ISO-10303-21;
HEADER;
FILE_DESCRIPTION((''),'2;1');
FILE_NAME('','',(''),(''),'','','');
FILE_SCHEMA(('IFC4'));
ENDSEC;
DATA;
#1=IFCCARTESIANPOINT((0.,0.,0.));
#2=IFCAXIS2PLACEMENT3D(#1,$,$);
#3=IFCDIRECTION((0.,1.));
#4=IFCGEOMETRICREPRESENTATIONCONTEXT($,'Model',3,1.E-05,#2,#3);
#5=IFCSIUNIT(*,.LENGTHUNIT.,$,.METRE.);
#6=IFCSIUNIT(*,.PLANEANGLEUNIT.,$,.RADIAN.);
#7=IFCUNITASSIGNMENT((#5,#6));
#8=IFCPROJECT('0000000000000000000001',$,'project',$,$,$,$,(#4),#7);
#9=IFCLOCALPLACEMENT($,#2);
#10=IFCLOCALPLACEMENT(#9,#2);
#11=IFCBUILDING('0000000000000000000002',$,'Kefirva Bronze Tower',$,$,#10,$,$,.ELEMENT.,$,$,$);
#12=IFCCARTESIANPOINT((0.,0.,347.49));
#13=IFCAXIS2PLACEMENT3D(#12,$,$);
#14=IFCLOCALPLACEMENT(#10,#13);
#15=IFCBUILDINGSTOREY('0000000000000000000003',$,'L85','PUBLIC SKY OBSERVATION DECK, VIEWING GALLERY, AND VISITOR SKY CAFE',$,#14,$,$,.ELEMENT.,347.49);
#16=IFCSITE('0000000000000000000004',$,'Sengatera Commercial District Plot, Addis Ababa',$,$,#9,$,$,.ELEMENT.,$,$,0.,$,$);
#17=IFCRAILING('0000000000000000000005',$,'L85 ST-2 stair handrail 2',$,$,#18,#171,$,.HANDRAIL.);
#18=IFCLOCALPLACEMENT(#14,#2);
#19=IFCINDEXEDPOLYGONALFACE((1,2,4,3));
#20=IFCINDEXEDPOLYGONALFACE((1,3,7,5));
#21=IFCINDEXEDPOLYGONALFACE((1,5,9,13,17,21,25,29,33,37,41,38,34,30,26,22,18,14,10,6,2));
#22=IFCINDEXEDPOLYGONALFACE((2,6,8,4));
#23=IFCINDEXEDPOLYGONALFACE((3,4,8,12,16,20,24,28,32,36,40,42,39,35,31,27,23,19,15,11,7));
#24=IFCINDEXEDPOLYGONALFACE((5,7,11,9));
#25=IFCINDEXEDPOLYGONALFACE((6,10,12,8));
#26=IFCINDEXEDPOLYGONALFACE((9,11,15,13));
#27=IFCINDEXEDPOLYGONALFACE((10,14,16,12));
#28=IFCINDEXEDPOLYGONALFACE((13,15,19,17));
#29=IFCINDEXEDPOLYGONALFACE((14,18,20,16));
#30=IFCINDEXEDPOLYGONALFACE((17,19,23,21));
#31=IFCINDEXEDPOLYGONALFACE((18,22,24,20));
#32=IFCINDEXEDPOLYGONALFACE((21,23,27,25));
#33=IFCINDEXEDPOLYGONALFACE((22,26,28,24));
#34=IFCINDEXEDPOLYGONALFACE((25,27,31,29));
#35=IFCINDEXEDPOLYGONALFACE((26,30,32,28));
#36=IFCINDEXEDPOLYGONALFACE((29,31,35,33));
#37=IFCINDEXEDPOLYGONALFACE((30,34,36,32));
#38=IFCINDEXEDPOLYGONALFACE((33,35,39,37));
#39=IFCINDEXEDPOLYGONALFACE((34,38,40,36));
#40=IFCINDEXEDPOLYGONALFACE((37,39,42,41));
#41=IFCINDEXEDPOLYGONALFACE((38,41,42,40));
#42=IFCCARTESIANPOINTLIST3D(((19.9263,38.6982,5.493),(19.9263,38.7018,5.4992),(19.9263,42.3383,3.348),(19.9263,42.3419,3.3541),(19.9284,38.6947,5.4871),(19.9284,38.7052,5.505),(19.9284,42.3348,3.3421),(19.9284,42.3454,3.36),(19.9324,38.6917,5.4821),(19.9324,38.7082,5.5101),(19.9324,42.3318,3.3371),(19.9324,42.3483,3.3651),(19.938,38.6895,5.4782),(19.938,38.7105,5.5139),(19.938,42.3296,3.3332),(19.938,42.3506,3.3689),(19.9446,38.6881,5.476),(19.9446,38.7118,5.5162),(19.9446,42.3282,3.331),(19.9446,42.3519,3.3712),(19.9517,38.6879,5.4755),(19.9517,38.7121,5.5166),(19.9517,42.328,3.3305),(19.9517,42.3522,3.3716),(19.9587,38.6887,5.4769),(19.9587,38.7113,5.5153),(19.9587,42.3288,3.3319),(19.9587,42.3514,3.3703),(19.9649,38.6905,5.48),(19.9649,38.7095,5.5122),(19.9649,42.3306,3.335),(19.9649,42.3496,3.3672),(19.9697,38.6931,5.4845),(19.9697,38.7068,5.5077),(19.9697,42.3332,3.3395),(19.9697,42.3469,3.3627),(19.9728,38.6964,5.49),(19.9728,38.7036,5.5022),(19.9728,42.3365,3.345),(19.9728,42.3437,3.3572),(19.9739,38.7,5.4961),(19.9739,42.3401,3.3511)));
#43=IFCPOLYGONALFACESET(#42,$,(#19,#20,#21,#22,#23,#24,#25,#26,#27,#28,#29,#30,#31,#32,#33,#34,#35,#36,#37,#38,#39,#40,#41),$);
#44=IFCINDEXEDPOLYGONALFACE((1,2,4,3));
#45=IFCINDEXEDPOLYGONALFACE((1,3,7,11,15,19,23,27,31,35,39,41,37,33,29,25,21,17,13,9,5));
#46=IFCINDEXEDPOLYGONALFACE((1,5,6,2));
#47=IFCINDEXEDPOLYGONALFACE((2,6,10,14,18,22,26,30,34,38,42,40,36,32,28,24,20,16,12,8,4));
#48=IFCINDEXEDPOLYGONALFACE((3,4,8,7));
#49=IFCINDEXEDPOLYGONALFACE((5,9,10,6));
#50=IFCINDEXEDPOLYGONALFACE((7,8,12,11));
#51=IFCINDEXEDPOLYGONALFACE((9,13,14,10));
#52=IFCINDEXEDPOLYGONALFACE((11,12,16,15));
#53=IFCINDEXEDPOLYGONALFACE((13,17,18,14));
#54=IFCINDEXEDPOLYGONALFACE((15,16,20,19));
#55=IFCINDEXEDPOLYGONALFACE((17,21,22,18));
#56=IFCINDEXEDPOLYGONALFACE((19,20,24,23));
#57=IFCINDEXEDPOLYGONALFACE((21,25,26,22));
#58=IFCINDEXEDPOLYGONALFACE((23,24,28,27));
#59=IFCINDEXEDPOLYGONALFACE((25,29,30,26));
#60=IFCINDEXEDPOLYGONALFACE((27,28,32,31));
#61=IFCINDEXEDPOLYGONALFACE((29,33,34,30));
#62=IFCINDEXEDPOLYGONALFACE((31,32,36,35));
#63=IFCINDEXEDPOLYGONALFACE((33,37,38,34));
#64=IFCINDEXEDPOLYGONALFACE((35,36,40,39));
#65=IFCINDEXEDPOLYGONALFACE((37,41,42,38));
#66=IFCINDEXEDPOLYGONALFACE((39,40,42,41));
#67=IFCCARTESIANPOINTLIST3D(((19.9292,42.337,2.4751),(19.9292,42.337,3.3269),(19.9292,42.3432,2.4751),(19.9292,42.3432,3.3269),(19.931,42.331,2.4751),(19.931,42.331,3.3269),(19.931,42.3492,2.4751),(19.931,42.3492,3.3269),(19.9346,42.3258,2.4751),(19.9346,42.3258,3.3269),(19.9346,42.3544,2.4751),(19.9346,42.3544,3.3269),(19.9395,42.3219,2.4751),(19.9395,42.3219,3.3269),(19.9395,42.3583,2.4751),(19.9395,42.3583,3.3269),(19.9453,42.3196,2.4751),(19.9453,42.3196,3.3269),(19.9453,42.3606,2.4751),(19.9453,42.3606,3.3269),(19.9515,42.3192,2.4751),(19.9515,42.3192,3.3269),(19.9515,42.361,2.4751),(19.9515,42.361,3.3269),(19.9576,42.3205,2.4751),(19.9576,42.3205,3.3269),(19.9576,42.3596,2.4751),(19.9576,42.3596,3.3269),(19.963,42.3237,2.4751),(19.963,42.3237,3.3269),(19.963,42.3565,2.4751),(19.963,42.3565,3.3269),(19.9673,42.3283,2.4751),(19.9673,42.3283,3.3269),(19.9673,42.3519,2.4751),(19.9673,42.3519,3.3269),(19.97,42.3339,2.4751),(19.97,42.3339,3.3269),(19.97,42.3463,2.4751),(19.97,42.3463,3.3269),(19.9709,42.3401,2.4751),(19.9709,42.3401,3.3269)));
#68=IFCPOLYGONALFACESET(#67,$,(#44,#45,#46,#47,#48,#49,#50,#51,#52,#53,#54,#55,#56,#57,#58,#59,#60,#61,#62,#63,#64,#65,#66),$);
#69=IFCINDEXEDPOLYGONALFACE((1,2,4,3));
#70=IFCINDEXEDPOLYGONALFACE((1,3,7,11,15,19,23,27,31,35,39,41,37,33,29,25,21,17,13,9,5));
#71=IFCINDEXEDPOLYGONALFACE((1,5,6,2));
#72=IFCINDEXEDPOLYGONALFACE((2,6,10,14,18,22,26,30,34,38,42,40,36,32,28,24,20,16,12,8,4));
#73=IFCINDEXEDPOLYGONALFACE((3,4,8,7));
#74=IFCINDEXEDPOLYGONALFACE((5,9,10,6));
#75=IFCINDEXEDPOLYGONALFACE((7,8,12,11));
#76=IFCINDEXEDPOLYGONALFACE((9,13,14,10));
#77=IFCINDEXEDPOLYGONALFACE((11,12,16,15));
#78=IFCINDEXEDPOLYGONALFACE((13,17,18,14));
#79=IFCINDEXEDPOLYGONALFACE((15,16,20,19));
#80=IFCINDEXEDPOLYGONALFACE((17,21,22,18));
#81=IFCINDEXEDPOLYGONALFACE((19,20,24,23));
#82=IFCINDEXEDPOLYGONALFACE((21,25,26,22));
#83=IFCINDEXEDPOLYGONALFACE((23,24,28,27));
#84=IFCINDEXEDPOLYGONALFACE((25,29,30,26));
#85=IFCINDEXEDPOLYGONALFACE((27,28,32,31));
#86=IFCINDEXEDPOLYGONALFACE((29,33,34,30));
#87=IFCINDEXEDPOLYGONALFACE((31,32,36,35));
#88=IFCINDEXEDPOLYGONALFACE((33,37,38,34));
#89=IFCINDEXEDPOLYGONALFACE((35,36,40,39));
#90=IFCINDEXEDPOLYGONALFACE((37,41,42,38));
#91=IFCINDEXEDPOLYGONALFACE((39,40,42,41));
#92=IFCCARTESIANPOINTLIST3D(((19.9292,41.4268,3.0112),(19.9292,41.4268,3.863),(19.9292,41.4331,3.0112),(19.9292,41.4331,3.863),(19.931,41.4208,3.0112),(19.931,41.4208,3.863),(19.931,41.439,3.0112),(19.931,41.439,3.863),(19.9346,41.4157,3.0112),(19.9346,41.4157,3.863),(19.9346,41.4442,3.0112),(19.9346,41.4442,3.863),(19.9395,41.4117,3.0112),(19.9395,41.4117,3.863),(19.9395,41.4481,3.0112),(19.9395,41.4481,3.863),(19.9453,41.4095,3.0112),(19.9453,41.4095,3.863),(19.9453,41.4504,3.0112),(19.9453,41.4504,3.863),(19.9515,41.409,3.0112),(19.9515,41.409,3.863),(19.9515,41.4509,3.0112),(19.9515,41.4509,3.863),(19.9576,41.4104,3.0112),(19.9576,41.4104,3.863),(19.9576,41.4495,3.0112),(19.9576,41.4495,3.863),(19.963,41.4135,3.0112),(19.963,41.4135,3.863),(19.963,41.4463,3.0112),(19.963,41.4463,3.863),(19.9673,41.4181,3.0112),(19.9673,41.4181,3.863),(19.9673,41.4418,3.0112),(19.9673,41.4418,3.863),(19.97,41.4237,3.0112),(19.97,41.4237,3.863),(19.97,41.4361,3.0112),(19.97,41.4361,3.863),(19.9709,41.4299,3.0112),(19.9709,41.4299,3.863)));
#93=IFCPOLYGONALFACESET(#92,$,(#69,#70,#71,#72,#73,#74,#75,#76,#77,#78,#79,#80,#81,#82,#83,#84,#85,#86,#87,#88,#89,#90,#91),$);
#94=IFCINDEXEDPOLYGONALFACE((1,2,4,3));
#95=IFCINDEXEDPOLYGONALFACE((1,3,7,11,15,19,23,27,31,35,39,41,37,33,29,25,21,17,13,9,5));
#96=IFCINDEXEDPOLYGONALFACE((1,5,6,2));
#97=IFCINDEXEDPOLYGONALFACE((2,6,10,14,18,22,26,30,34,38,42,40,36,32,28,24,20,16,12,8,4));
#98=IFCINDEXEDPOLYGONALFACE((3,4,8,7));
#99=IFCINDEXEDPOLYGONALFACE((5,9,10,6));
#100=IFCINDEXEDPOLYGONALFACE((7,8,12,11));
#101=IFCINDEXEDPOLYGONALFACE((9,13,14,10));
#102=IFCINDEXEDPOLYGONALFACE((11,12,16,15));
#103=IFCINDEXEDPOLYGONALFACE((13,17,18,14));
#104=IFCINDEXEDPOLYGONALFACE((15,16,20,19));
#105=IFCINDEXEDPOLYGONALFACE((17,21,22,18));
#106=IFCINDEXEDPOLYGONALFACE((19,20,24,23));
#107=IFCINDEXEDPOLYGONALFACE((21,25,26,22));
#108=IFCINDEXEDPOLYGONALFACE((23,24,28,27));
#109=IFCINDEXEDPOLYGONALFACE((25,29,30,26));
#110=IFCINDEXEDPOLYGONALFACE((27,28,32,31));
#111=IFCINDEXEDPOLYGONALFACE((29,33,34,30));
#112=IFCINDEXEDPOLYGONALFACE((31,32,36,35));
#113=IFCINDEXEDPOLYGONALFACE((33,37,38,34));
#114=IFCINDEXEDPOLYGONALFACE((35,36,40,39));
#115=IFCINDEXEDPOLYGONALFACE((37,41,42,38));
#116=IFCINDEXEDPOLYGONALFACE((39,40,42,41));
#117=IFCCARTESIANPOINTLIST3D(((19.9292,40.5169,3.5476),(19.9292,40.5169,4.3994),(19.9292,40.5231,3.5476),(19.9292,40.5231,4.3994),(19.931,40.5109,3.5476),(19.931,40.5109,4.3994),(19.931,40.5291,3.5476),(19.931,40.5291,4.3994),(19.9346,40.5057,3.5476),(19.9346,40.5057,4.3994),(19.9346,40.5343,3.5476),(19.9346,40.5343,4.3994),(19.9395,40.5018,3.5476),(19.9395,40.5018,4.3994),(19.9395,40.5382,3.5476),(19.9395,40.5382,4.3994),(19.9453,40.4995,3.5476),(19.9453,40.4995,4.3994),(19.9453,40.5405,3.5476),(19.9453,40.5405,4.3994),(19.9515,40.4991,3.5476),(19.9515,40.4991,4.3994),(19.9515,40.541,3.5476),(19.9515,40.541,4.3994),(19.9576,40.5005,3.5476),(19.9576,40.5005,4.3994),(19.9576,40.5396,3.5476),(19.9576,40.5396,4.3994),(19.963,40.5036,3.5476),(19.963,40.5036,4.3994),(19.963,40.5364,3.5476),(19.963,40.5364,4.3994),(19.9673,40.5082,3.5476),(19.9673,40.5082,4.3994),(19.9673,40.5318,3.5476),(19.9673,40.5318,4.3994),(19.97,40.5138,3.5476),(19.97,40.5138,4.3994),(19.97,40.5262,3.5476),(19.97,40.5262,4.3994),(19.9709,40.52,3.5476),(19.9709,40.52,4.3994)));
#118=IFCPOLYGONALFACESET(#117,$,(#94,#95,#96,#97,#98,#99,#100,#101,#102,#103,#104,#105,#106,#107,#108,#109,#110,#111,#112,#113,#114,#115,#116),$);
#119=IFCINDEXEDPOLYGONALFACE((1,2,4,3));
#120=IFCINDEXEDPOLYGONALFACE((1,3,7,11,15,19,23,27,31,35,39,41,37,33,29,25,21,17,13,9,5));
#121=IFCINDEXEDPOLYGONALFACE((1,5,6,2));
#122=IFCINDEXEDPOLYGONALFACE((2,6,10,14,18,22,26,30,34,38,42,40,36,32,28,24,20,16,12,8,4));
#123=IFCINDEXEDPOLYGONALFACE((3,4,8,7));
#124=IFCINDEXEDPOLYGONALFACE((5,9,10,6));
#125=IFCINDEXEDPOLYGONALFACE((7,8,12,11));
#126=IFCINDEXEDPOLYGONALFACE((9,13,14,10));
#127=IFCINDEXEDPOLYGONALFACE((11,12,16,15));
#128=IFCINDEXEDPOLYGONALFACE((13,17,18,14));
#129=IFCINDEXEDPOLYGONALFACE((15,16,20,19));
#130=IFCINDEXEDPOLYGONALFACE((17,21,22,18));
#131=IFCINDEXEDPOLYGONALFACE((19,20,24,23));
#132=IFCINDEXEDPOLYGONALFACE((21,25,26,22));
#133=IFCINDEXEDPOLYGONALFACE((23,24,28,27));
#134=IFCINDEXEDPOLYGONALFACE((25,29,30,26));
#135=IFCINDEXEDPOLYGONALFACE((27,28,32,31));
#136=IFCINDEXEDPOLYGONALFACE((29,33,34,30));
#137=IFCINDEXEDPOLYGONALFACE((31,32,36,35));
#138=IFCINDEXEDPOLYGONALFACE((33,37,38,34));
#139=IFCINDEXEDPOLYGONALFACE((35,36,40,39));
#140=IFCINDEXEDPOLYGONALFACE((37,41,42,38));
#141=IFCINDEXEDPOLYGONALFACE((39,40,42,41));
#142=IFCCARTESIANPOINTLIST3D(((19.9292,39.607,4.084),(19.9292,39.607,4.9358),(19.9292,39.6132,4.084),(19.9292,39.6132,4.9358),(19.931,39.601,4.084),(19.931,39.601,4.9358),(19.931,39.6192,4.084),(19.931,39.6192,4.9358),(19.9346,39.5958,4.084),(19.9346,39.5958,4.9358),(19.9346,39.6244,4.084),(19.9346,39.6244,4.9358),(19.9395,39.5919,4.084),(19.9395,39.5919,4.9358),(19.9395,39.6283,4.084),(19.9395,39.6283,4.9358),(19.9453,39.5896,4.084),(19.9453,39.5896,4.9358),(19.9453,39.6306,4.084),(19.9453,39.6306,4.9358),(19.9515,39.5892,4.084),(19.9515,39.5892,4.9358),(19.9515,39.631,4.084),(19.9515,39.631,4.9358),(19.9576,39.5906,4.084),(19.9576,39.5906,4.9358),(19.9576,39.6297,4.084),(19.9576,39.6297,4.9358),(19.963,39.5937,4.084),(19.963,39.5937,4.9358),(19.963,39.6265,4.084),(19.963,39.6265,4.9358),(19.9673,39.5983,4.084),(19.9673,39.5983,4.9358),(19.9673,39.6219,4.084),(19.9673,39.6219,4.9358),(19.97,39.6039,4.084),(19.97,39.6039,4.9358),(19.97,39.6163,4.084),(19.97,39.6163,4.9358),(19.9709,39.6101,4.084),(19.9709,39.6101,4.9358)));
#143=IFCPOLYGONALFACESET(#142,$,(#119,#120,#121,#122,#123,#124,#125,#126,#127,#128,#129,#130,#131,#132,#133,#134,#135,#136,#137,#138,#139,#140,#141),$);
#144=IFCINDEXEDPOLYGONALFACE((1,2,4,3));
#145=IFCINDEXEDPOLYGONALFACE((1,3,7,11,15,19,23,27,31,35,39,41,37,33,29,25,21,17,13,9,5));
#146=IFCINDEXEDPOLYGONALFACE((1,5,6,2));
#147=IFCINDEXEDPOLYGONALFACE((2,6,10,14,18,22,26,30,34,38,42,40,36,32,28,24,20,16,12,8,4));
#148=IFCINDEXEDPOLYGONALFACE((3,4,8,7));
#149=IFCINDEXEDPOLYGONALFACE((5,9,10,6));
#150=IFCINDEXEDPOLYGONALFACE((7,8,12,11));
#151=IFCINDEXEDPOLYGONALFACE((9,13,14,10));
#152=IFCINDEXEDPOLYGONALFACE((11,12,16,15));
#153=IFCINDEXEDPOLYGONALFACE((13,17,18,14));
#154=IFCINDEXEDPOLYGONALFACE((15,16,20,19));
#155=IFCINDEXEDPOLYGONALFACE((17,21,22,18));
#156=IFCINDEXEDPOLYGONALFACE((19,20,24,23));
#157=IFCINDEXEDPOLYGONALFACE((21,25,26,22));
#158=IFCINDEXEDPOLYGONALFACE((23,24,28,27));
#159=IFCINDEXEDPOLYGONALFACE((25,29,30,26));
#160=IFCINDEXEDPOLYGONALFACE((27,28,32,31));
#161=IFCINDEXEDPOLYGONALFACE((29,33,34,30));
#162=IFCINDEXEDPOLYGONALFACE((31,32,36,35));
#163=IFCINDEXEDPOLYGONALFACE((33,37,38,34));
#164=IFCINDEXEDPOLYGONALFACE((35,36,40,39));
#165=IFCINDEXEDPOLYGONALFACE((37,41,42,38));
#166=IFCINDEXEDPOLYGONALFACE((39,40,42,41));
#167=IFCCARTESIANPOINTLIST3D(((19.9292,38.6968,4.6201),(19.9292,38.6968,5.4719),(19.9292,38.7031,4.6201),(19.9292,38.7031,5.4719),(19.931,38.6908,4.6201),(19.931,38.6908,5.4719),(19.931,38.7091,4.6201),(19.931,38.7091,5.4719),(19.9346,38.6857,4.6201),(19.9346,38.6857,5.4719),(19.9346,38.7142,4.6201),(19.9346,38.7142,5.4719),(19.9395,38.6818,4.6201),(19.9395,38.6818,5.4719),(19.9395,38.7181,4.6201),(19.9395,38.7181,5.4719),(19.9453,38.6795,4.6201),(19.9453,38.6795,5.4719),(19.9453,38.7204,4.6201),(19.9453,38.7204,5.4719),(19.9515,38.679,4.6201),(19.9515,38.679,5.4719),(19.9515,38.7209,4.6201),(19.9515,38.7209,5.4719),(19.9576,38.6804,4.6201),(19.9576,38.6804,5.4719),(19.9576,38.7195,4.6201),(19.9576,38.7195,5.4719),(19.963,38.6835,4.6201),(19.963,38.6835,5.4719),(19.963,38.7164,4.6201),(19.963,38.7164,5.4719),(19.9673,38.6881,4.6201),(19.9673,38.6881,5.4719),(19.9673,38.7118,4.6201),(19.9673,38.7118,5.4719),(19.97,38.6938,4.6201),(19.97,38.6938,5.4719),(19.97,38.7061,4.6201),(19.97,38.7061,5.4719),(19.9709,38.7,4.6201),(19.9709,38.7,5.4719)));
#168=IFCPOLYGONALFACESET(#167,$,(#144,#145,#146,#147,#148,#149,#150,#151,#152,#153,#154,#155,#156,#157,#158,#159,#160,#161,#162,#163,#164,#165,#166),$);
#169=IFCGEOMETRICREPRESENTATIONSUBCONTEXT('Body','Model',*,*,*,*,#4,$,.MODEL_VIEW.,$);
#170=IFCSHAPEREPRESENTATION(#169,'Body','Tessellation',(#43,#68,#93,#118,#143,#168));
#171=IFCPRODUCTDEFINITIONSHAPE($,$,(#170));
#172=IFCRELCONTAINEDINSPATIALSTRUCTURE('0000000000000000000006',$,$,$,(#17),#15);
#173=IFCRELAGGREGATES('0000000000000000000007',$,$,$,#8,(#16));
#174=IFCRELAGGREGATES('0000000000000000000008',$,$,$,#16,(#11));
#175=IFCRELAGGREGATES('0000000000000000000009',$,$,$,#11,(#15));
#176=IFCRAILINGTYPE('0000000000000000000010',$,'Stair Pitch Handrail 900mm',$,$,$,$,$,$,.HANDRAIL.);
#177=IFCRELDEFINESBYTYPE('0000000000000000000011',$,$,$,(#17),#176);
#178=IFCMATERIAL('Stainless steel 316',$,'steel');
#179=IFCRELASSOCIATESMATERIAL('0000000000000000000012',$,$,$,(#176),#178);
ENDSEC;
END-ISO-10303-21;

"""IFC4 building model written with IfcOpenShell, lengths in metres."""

from ifc_helpers import new_model, si_unit, direction, frame, origin, origin_2d, place, context, subcontext, project, spatial, circle, extrude, material, type_object, element, save


model = new_model("IFC4")

# Units and contexts
model_context = context("Model", 3, precision=1e-05, world=origin(), true_north=direction((0.0, 1.0)))
body_context = subcontext(model_context, "Body", "Model", "MODEL_VIEW")
ifc_project = project(units=[si_unit("LENGTHUNIT", "METRE"), si_unit("PLANEANGLEUNIT", "RADIAN")], contexts=[model_context])

# Site, building, storey
site_placement = place(None, origin())
site = spatial("IfcSite", under=ifc_project, at=site_placement, Name="Sengatera Commercial District Plot, Addis Ababa", CompositionType="ELEMENT", RefElevation=0.0)
building_placement = place(site_placement, origin())
building = spatial("IfcBuilding", under=site, at=building_placement, Name="Kefirva Bronze Tower", CompositionType="ELEMENT")
storey_placement = place(building_placement, frame((0.0, 0.0, 347.49)))
storey = spatial("IfcBuildingStorey", under=building, at=storey_placement, Name="L85", Description="PUBLIC SKY OBSERVATION DECK, VIEWING GALLERY, AND VISITOR SKY CAFE", CompositionType="ELEMENT", Elevation=347.49)

# Railing
ifc_material_1 = material(Name="Stainless steel 316", Category="steel")
railing_type_1 = type_object("IfcRailingType", Name="Stair Pitch Handrail 900mm", PredefinedType="HANDRAIL", material=ifc_material_1)
railing_1_placement = place(storey_placement, frame((19.95, 42.3401, 2.4751)))
element("IfcRailing", 1, at=railing_1_placement, inside=storey, type_object=railing_type_1, Name="L85 ST-2 stair handrail 2", PredefinedType="HANDRAIL", context=body_context, shape_type="SweptSolid", body=[
    extrude(circle(Radius=0.0239, at=origin_2d()), frame((0.0, 0.0, 0.876), z_axis=(0.0, -0.861545, 0.507682), x_axis=(1.0, 0.0, 0.0)), (0.0, 0.0, 1.0), 4.2251),
    extrude(circle(Radius=0.021, at=origin_2d()), origin(), (0.0, 0.0, 1.0), 0.8518),
    extrude(circle(Radius=0.021, at=origin_2d()), frame((0.0, -0.9102, 0.5361)), (0.0, 0.0, 1.0), 0.8518),
    extrude(circle(Radius=0.021, at=origin_2d()), frame((0.0, -1.8201, 1.0725)), (0.0, 0.0, 1.0), 0.8518),
    extrude(circle(Radius=0.021, at=origin_2d()), frame((0.0, -2.73, 1.6089)), (0.0, 0.0, 1.0), 0.8518),
    extrude(circle(Radius=0.021, at=origin_2d()), frame((0.0, -3.6401, 2.145)), (0.0, 0.0, 1.0), 0.8518),
])

save(model, "model.ifc")
